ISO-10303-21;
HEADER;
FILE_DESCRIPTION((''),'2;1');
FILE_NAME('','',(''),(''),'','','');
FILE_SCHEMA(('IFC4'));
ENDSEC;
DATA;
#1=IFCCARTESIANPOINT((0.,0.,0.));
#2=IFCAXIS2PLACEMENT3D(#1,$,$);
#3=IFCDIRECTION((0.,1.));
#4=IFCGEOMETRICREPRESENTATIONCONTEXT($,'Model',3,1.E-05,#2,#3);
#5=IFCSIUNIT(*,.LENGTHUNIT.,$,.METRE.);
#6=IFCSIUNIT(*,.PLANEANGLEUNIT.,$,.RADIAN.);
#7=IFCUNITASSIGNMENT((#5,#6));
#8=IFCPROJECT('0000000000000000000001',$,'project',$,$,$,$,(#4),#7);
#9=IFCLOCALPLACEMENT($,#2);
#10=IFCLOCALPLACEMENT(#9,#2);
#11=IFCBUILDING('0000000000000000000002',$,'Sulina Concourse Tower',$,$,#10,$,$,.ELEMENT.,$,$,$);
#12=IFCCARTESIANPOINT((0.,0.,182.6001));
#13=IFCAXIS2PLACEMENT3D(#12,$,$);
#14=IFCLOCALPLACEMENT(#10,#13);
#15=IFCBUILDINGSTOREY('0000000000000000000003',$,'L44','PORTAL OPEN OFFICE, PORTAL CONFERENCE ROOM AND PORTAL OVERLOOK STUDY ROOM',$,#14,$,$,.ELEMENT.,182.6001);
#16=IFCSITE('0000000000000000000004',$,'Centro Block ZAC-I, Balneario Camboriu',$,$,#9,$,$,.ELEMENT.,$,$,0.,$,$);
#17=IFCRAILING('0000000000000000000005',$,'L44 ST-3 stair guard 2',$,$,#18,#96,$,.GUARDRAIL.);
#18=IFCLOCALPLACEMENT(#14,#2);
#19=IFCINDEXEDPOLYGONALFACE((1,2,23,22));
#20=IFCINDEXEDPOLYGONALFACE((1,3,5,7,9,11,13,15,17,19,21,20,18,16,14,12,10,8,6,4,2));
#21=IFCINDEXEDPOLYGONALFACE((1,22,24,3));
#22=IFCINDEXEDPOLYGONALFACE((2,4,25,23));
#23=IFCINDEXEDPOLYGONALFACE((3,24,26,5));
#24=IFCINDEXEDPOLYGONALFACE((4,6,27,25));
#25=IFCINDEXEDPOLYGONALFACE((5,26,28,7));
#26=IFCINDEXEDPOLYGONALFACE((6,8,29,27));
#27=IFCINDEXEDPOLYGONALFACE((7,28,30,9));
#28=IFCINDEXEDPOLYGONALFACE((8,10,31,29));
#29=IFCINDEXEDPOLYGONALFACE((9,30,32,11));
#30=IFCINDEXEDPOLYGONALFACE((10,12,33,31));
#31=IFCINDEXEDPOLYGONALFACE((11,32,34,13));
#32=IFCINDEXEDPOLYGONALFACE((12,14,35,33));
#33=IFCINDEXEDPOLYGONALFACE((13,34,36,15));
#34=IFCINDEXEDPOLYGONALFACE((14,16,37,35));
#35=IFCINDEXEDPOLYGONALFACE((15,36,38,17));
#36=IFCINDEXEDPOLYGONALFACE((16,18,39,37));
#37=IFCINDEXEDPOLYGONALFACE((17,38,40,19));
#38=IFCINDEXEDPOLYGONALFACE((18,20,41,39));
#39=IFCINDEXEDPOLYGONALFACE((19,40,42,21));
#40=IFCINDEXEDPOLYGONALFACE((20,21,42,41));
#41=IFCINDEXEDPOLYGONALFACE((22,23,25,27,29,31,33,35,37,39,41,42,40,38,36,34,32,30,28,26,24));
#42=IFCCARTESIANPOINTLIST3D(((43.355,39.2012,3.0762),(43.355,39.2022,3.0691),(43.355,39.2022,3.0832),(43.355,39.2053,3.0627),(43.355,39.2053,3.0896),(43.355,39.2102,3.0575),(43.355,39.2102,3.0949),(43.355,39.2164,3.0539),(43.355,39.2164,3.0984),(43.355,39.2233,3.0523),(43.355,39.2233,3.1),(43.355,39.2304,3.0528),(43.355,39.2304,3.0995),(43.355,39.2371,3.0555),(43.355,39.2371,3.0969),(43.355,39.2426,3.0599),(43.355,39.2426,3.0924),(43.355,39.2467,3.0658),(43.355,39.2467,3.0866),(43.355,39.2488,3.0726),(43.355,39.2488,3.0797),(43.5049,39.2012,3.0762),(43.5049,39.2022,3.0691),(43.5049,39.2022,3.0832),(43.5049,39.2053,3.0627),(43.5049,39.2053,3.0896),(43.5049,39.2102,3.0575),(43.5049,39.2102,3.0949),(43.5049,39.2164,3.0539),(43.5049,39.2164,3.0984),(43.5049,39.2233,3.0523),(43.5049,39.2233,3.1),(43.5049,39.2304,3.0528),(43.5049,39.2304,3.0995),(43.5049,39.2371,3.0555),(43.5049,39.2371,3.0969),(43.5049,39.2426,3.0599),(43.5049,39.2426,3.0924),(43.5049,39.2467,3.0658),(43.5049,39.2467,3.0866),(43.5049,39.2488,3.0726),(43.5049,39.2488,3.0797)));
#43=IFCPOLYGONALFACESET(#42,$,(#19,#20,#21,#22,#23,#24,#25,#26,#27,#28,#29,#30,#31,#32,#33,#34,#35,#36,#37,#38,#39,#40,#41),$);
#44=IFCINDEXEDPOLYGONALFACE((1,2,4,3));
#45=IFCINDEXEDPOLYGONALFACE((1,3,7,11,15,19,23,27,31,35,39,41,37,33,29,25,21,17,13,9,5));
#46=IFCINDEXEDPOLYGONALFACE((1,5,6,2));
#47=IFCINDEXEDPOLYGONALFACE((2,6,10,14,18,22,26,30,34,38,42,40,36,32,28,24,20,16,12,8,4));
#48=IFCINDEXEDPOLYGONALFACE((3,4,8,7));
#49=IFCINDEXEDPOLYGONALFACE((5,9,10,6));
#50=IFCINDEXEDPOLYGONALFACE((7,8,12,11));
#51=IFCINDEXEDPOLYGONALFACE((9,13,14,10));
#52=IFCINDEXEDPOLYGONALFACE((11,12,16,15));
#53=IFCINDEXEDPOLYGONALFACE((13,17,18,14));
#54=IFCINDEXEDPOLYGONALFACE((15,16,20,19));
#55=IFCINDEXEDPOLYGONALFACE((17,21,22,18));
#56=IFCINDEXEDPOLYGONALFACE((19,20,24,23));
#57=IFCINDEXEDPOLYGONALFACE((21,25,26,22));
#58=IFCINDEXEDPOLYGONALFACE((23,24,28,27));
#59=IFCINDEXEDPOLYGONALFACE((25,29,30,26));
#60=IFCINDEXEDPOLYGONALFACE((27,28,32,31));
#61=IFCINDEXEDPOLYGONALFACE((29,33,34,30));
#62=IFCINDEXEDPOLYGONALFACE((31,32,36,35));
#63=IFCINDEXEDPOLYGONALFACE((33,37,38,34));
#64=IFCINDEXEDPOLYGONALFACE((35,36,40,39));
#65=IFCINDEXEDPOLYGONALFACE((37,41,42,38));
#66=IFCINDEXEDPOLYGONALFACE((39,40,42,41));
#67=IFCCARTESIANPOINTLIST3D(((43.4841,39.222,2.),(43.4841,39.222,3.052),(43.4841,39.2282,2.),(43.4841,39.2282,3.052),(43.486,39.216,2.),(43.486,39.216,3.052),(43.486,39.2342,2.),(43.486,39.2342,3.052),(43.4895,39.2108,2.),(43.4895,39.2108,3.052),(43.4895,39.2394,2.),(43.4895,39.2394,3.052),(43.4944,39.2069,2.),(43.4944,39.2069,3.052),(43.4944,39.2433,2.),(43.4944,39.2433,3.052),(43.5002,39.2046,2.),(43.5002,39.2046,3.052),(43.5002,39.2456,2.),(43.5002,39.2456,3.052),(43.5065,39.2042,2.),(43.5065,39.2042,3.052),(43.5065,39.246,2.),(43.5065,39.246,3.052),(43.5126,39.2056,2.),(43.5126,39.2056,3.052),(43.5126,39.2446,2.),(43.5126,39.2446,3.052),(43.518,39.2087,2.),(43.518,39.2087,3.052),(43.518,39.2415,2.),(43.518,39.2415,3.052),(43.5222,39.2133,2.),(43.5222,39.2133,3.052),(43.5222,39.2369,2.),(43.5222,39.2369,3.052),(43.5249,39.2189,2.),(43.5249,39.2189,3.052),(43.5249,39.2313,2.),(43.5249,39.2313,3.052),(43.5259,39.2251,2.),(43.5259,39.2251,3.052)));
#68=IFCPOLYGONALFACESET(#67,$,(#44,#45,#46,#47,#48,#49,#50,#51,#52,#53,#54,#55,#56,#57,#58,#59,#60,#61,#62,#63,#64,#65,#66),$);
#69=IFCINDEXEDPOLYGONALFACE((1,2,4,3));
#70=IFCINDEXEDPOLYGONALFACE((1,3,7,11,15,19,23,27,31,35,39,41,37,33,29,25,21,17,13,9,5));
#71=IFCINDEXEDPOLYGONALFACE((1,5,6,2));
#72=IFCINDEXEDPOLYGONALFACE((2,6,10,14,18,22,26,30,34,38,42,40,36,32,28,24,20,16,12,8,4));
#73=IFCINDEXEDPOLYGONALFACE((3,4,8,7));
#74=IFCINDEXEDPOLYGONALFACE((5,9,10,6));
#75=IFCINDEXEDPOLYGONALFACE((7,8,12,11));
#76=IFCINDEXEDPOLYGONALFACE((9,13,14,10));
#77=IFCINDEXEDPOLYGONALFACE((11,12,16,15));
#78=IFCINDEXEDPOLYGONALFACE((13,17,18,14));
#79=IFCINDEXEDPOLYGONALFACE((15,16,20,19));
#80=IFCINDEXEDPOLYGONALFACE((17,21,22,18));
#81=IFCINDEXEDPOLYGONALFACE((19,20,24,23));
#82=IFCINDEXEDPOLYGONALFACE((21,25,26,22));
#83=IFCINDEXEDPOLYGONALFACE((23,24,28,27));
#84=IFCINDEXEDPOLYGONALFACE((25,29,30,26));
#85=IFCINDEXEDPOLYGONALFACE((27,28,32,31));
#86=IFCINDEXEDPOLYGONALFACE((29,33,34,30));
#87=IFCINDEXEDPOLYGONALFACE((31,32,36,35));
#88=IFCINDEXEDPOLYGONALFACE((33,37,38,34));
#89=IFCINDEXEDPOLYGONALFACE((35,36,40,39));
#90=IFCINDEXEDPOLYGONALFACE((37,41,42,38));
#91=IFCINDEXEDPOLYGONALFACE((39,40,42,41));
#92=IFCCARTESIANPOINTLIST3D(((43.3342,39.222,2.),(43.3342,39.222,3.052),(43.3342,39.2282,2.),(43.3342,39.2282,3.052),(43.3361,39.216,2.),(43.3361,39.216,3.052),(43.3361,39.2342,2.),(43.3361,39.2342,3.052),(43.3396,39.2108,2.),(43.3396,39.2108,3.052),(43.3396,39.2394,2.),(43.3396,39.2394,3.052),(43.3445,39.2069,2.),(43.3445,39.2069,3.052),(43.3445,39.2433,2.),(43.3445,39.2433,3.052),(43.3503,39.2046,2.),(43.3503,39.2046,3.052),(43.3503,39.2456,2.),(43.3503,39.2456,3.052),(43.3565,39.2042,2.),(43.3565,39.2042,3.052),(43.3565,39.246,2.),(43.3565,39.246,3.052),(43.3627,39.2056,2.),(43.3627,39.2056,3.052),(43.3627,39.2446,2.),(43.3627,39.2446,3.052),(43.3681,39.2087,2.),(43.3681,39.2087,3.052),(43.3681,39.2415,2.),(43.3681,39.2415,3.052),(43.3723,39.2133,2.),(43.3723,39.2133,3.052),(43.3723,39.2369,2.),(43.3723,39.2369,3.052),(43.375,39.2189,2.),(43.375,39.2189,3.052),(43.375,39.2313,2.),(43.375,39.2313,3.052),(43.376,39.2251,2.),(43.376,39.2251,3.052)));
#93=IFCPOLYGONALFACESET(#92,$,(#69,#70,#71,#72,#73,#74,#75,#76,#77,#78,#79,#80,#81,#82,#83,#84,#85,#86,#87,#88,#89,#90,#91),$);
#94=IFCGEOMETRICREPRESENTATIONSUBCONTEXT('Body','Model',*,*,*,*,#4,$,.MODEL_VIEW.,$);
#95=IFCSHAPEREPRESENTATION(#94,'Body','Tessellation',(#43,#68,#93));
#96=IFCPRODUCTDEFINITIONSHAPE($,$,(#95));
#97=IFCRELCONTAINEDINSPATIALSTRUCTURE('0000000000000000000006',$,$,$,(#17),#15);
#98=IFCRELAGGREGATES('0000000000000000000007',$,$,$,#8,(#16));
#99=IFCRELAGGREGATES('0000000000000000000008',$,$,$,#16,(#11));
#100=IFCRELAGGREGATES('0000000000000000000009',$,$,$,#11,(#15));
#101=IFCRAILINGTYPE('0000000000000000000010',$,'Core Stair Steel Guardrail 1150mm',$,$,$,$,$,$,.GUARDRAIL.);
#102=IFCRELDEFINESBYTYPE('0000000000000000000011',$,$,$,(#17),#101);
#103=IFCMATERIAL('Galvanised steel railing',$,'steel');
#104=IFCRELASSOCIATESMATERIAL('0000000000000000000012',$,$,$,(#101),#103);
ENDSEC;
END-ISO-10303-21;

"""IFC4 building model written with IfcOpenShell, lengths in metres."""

from ifc_helpers import new_model, si_unit, direction, frame, origin, origin_2d, place, context, subcontext, project, spatial, circle, extrude, material, type_object, element, save


model = new_model("IFC4")

# Units and contexts
model_context = context("Model", 3, precision=1e-05, world=origin(), true_north=direction((0.0, 1.0)))
body_context = subcontext(model_context, "Body", "Model", "MODEL_VIEW")
ifc_project = project(units=[si_unit("LENGTHUNIT", "METRE"), si_unit("PLANEANGLEUNIT", "RADIAN")], contexts=[model_context])

# Site, building, storey
site_placement = place(None, origin())
site = spatial("IfcSite", under=ifc_project, at=site_placement, Name="Centro Block ZAC-I, Balneario Camboriu", CompositionType="ELEMENT", RefElevation=0.0)
building_placement = place(site_placement, origin())
building = spatial("IfcBuilding", under=site, at=building_placement, Name="Sulina Concourse Tower", CompositionType="ELEMENT")
storey_placement = place(building_placement, frame((0.0, 0.0, 182.6001)))
storey = spatial("IfcBuildingStorey", under=building, at=storey_placement, Name="L44", Description="PORTAL OPEN OFFICE, PORTAL CONFERENCE ROOM AND PORTAL OVERLOOK STUDY ROOM", CompositionType="ELEMENT", Elevation=182.6001)

# Railing
ifc_material_1 = material(Name="Galvanised steel railing", Category="steel")
railing_type_1 = type_object("IfcRailingType", Name="Core Stair Steel Guardrail 1150mm", PredefinedType="GUARDRAIL", material=ifc_material_1)
railing_1_placement = place(storey_placement, frame((43.5049, 39.2251, 2.0)))
element("IfcRailing", 1, at=railing_1_placement, inside=storey, type_object=railing_type_1, Name="L44 ST-3 stair guard 2", PredefinedType="GUARDRAIL", context=body_context, shape_type="SweptSolid", body=[
    extrude(circle(Radius=0.0239, at=origin_2d()), frame((0.0, 0.0, 1.0762), z_axis=(-1.0, 0.0, 0.0), x_axis=(0.0, -1.0, 0.0)), (0.0, 0.0, 1.0), 0.1499),
    extrude(circle(Radius=0.021, at=origin_2d()), origin(), (0.0, 0.0, 1.0), 1.052),
    extrude(circle(Radius=0.021, at=origin_2d()), frame((-0.1499, 0.0, 0.0)), (0.0, 0.0, 1.0), 1.052),
])

save(model, "model.ifc")
